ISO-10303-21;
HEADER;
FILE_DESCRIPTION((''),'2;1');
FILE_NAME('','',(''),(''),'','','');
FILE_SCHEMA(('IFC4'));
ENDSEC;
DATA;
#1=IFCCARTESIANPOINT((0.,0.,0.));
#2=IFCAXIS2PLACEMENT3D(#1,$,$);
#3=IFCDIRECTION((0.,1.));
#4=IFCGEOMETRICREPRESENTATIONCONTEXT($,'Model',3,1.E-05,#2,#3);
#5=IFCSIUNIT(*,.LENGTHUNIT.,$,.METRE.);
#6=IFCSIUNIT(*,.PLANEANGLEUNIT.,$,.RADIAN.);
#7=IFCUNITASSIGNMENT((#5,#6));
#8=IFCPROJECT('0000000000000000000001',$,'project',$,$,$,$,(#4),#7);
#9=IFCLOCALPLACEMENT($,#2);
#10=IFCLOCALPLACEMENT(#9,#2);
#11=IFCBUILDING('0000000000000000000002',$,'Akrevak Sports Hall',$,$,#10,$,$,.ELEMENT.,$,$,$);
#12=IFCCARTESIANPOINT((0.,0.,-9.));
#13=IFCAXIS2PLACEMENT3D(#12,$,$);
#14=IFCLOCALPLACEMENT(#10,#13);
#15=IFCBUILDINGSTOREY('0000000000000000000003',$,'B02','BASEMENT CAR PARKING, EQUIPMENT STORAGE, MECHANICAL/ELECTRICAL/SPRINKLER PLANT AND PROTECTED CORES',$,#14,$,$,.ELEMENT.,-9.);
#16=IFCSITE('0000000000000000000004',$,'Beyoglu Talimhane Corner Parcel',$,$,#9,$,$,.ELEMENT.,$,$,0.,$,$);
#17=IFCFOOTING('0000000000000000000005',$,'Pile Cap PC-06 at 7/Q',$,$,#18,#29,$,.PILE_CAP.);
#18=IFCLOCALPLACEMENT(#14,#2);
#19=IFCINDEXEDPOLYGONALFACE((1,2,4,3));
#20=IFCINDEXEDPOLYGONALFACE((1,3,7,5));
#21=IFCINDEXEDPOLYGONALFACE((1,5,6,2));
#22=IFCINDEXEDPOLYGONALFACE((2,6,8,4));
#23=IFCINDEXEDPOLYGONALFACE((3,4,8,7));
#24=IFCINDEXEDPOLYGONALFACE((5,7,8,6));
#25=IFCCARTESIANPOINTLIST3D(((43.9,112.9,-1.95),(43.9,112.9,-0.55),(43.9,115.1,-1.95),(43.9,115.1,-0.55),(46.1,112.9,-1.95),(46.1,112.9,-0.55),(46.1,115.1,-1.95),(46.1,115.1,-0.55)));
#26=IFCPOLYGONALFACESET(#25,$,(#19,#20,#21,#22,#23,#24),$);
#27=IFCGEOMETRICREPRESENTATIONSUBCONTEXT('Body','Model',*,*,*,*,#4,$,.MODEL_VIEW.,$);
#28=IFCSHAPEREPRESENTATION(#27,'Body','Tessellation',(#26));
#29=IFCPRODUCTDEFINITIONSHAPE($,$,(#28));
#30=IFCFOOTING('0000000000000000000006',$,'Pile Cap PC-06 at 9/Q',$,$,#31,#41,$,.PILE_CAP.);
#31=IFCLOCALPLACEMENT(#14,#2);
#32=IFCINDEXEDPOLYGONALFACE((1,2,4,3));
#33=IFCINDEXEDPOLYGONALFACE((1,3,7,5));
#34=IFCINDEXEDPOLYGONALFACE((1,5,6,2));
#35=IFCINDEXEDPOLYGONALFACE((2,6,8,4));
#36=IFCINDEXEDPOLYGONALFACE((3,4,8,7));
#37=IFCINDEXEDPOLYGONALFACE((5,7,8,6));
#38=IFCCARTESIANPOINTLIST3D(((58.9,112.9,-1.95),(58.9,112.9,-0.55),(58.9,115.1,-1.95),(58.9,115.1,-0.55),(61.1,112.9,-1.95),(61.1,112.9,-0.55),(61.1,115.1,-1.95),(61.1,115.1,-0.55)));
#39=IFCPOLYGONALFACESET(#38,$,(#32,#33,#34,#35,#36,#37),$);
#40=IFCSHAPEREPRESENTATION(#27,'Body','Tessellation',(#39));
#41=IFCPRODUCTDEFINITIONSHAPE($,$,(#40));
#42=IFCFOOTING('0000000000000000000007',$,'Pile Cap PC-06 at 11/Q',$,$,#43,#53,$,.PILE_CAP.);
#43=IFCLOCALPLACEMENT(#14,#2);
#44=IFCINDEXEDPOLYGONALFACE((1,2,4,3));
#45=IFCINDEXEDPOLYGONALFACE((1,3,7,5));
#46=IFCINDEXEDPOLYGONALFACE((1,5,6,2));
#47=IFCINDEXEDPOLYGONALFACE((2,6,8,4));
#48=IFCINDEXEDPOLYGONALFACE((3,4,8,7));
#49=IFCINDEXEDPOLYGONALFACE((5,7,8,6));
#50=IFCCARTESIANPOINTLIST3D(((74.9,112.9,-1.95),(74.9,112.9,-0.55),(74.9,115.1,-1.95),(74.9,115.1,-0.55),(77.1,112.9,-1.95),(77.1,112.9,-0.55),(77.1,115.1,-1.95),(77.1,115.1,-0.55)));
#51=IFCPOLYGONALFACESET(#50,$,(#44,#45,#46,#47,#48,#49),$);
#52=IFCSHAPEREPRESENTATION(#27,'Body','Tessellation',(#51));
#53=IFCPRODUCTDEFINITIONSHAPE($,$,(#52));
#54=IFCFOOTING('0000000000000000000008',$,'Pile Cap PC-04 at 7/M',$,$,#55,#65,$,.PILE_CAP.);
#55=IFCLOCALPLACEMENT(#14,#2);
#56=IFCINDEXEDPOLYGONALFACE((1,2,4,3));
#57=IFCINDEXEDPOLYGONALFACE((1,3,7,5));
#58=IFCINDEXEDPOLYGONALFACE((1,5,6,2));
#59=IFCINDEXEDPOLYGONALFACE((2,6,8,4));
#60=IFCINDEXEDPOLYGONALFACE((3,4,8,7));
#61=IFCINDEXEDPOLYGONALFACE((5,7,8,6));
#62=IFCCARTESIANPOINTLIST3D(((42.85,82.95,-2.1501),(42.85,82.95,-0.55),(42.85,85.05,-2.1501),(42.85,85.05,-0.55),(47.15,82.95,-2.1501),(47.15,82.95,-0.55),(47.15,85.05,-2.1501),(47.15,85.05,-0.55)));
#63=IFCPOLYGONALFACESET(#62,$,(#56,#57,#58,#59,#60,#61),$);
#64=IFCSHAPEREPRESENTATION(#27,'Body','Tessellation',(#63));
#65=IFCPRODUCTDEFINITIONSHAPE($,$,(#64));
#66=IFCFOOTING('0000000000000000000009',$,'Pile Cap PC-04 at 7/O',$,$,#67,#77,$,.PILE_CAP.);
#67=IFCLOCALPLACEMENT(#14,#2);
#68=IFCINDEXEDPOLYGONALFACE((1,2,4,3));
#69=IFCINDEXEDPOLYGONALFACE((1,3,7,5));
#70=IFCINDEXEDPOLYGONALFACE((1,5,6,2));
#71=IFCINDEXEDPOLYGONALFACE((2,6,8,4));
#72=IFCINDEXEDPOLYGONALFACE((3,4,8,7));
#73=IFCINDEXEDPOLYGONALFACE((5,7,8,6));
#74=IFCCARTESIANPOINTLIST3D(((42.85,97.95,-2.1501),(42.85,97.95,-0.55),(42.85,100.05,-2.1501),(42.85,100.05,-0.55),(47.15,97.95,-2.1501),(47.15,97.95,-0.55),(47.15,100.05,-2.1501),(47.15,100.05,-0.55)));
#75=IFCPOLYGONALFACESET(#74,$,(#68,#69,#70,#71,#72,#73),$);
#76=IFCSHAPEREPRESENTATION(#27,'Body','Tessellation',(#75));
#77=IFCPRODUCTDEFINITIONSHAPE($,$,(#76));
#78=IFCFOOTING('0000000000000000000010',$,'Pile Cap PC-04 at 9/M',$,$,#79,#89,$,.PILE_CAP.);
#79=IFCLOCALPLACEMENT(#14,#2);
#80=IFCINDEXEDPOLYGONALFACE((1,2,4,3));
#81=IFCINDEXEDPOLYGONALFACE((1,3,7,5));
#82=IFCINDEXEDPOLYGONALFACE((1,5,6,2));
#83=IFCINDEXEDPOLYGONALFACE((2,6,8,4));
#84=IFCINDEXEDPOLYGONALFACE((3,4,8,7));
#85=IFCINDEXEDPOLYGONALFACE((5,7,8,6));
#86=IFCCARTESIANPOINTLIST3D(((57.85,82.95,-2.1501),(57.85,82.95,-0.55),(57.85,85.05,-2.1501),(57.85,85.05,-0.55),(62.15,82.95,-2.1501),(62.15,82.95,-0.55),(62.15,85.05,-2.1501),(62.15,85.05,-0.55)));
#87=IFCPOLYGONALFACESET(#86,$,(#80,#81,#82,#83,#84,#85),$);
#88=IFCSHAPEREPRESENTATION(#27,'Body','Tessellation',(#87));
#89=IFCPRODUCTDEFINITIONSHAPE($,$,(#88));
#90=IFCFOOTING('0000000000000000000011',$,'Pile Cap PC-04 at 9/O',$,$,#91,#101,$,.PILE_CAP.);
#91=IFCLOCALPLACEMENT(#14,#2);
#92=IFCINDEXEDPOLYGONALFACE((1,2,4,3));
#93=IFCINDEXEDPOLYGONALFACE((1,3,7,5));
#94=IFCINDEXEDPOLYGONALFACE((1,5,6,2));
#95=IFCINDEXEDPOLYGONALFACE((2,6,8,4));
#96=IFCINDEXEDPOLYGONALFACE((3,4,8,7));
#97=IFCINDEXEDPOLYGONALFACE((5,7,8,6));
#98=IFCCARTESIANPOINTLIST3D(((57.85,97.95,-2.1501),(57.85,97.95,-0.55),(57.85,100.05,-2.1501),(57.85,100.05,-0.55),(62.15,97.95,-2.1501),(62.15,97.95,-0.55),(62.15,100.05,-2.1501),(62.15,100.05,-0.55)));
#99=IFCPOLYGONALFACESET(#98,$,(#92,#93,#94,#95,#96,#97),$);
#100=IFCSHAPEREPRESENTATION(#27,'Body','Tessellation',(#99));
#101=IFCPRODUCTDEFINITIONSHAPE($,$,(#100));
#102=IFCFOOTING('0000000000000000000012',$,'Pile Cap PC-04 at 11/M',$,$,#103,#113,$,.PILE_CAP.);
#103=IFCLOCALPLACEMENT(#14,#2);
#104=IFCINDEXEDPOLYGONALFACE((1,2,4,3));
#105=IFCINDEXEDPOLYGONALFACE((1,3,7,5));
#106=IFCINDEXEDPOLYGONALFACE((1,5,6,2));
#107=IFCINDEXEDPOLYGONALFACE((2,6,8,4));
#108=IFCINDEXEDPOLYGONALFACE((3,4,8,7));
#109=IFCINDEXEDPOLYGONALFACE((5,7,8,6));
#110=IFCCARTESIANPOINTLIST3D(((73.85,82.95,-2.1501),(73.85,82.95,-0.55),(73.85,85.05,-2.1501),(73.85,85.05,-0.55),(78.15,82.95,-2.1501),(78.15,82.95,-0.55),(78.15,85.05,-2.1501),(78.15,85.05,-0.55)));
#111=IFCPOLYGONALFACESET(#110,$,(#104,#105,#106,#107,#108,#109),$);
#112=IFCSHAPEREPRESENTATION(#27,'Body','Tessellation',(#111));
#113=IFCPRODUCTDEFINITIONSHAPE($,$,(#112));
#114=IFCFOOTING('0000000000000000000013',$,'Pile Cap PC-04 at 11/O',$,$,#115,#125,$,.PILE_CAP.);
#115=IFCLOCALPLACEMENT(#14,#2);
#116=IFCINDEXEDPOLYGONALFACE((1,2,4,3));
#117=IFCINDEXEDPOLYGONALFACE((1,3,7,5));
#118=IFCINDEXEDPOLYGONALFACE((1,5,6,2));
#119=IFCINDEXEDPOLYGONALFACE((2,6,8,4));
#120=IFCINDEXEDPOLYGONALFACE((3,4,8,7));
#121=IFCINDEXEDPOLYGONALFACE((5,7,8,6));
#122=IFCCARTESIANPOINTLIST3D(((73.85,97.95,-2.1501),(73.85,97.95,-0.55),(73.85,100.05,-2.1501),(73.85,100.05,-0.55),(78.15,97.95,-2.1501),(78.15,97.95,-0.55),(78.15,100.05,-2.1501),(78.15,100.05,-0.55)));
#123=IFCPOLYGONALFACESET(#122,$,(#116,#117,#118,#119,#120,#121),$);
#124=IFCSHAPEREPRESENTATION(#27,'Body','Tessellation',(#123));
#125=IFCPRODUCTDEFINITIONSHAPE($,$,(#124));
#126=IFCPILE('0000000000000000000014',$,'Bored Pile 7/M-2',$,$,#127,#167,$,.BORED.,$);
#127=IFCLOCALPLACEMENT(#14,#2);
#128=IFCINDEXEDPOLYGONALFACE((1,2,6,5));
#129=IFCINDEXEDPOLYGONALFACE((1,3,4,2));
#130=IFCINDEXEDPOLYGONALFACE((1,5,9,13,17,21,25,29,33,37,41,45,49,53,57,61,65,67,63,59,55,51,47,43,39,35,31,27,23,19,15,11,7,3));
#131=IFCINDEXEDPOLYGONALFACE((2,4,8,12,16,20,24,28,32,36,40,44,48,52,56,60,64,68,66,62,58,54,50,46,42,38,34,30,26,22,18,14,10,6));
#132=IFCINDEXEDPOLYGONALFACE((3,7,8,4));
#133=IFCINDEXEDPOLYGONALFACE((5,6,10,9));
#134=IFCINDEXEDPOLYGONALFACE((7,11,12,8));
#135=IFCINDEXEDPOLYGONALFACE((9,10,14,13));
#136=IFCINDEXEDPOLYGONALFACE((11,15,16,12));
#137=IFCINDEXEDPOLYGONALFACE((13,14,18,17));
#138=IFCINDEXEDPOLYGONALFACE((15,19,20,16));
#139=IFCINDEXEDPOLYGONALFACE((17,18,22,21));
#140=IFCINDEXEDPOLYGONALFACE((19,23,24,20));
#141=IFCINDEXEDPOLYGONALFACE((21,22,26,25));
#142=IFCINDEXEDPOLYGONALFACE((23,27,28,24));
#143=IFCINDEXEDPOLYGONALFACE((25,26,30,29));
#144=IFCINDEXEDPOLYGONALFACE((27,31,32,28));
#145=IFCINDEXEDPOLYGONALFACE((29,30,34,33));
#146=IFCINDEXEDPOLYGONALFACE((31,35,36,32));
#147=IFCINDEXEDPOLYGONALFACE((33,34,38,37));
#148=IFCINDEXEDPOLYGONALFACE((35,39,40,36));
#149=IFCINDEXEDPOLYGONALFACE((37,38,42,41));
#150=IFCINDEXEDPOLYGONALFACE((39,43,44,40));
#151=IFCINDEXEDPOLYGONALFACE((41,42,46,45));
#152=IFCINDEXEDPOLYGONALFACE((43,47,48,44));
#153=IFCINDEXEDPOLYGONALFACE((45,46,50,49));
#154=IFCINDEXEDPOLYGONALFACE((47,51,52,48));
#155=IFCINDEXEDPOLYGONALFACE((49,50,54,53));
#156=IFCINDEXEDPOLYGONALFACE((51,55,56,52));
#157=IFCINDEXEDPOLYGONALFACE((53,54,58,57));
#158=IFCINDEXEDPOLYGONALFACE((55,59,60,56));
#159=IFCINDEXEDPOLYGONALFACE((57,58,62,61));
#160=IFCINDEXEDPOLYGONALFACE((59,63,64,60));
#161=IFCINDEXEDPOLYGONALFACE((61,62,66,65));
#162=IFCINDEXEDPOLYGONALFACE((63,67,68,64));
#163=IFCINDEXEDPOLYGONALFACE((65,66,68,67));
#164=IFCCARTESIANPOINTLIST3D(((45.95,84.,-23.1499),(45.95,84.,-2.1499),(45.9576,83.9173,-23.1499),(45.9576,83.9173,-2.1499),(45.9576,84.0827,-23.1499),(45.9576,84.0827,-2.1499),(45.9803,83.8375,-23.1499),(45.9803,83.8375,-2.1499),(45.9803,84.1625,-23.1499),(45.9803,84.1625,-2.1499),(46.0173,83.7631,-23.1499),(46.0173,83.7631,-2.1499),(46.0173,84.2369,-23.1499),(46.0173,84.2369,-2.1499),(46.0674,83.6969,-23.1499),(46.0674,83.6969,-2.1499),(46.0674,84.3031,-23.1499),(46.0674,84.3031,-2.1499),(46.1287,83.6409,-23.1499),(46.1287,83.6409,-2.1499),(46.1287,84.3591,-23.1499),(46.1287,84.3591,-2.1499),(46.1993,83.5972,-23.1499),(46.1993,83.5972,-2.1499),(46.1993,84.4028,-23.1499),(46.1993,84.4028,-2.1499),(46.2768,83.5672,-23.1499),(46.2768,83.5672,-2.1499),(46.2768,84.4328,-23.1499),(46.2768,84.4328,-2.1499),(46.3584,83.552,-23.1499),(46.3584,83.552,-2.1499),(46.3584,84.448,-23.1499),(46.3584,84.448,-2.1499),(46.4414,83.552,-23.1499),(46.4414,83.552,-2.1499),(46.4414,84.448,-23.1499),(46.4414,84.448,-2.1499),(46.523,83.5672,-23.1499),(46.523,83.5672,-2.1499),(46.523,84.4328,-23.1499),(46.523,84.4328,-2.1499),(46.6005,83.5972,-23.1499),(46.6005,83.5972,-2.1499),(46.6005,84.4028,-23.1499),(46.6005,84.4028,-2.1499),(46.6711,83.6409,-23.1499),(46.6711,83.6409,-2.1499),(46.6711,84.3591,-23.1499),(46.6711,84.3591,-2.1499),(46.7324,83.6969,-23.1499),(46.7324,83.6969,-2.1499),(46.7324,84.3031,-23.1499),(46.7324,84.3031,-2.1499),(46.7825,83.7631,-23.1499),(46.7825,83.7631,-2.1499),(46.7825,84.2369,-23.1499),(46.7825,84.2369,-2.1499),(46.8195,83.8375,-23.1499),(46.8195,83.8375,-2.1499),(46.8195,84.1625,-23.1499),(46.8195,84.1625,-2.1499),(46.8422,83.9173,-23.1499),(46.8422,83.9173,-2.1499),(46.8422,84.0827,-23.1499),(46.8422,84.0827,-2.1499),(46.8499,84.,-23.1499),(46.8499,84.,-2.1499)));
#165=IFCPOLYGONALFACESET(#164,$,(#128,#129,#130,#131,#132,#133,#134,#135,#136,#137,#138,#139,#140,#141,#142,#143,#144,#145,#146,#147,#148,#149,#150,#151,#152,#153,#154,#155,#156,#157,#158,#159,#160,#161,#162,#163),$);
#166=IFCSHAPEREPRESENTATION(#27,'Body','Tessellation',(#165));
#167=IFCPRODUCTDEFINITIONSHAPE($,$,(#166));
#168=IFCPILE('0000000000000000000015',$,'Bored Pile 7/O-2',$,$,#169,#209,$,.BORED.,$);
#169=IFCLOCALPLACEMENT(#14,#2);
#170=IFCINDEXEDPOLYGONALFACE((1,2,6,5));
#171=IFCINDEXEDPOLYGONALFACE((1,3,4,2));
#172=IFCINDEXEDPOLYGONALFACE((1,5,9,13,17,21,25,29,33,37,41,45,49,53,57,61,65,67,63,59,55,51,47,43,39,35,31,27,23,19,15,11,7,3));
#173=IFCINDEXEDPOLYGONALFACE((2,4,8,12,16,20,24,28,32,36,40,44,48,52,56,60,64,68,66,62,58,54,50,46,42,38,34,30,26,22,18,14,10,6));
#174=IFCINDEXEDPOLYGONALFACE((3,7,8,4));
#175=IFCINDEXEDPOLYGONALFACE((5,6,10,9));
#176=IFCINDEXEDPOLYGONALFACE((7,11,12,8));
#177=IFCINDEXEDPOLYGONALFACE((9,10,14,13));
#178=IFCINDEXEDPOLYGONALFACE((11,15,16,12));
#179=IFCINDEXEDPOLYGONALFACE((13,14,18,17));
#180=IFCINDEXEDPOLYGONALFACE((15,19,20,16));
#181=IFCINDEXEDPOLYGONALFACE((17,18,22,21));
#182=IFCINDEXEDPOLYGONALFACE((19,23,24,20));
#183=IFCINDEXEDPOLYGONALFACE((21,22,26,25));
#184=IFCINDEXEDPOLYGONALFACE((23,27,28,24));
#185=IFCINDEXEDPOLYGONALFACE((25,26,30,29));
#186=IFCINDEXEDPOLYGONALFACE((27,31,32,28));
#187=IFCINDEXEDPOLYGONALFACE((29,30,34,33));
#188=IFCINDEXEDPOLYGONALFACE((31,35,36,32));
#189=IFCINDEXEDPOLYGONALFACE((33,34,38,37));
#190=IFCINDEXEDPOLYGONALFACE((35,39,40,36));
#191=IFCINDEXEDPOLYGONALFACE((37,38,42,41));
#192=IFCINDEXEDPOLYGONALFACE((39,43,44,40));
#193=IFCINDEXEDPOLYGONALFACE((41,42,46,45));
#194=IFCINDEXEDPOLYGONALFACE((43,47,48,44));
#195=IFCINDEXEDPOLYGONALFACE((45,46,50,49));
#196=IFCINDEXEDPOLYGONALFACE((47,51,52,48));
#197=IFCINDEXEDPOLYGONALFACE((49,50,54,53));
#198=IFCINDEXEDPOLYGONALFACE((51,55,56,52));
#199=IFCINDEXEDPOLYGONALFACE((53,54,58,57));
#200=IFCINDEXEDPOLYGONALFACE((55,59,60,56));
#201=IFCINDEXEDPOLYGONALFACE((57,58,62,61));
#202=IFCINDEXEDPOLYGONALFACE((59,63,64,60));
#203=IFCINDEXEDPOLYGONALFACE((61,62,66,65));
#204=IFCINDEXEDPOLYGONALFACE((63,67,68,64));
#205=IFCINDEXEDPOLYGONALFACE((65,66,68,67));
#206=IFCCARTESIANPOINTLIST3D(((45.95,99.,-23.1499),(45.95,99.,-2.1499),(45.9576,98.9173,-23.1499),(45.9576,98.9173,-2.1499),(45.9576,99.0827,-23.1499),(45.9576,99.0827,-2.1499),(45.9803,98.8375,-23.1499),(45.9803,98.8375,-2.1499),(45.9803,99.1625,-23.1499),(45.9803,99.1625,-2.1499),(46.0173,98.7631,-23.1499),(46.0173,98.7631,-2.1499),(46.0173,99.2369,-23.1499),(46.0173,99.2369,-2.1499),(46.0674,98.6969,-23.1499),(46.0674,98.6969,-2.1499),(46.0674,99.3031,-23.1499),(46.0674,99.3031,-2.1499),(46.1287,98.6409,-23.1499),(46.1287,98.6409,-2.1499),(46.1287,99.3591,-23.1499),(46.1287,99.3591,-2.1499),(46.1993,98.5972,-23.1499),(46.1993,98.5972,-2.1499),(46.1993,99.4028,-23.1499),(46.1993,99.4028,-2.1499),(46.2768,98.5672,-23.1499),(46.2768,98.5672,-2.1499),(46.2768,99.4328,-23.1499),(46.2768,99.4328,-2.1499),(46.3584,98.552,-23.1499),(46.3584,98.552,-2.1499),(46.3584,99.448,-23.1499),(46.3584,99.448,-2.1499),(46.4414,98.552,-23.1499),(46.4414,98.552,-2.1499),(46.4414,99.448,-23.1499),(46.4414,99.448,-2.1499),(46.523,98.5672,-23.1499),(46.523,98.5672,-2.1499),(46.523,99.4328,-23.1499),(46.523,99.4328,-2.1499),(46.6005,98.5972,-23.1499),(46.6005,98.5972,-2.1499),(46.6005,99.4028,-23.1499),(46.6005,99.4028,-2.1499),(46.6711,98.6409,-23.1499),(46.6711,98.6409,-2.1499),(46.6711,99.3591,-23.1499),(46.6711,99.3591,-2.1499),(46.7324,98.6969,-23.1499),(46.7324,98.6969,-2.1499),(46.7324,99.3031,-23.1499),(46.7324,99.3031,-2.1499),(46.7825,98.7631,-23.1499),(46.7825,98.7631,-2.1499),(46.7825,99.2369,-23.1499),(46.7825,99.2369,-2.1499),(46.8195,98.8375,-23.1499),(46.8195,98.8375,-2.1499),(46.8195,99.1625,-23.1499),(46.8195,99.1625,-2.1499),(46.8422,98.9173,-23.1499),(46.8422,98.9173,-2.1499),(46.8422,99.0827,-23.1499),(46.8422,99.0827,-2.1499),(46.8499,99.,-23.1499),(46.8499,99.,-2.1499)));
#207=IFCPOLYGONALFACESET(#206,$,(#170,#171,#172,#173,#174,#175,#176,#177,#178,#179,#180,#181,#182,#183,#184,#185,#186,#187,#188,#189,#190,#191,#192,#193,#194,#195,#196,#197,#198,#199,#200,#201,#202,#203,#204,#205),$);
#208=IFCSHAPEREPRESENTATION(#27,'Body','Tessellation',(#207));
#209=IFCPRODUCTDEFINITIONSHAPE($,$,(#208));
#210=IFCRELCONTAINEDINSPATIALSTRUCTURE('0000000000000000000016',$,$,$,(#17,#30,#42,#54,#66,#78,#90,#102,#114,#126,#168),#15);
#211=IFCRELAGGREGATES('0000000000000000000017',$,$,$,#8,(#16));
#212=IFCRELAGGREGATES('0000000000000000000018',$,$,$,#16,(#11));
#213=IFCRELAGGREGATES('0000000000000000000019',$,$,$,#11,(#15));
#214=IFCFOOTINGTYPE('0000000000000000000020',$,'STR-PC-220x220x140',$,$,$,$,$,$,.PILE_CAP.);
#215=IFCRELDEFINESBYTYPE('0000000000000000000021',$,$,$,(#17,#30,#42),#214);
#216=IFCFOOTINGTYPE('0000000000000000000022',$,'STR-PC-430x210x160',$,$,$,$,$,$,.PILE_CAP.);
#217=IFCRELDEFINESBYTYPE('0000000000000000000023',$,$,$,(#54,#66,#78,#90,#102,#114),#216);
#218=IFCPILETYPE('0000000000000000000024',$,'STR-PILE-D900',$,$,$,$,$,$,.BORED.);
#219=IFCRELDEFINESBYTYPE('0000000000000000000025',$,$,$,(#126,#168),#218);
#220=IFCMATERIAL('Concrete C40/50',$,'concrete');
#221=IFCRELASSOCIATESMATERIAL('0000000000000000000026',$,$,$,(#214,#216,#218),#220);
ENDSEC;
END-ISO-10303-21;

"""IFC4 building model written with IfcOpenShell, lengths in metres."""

from ifc_helpers import new_model, si_unit, direction, frame, origin, origin_2d, place, context, subcontext, project, spatial, rectangle, circle, extrude, material, material_profile, profile_set, type_object, element, save


model = new_model("IFC4")

# Units and contexts
model_context = context("Model", 3, precision=1e-05, world=origin(), true_north=direction((0.0, 1.0)))
body_context = subcontext(model_context, "Body", "Model", "MODEL_VIEW")
ifc_project = project(units=[si_unit("LENGTHUNIT", "METRE"), si_unit("PLANEANGLEUNIT", "RADIAN")], contexts=[model_context])

# Site, building, storey
site_placement = place(None, origin())
site = spatial("IfcSite", under=ifc_project, at=site_placement, Name="Beyoglu Talimhane Corner Parcel", CompositionType="ELEMENT", RefElevation=0.0)
building_placement = place(site_placement, origin())
building = spatial("IfcBuilding", under=site, at=building_placement, Name="Akrevak Sports Hall", CompositionType="ELEMENT")
storey_placement = place(building_placement, frame((0.0, 0.0, -9.0)))
storey = spatial("IfcBuildingStorey", under=building, at=storey_placement, Name="B02", Description="BASEMENT CAR PARKING, EQUIPMENT STORAGE, MECHANICAL/ELECTRICAL/SPRINKLER PLANT AND PROTECTED CORES", CompositionType="ELEMENT", Elevation=-9.0)

# Footings
ifc_material_1 = material(Name="Concrete C40/50", Category="concrete")
footing_type_1 = type_object("IfcFootingType", Name="STR-PC-220x220x140", PredefinedType="PILE_CAP", material=ifc_material_1)
for number, where, z_axis, x_axis, name in (
    (1, (45.0, 114.0, -1.95), (0.0, 0.0, 1.0), (1.0, 0.0, 0.0), "Pile Cap PC-06 at 7/Q"),
    (2, (60.0, 114.0, -1.95), (0.0, 0.0, 1.0), (1.0, 0.0, 0.0), "Pile Cap PC-06 at 9/Q"),
    (3, (76.0, 114.0, -1.95), (0.0, 0.0, 1.0), (1.0, 0.0, 0.0), "Pile Cap PC-06 at 11/Q"),
):
    element("IfcFooting", number, at=place(storey_placement, frame(where, z_axis=z_axis, x_axis=x_axis)), inside=storey, type_object=footing_type_1, Name=name, PredefinedType="PILE_CAP", context=body_context, shape_type="SweptSolid", body=[
        extrude(rectangle(XDim=2.2, YDim=2.2, at=origin_2d()), origin(), (0.0, 0.0, 1.0), 1.3999),
    ])
footing_type_2 = type_object("IfcFootingType", Name="STR-PC-430x210x160", PredefinedType="PILE_CAP", material=ifc_material_1)
for number, where, z_axis, x_axis, name in (
    (4, (45.0, 84.0, -2.1501), (0.0, 0.0, 1.0), (1.0, 0.0, 0.0), "Pile Cap PC-04 at 7/M"),
    (5, (45.0, 99.0, -2.1501), (0.0, 0.0, 1.0), (1.0, 0.0, 0.0), "Pile Cap PC-04 at 7/O"),
    (6, (60.0, 84.0, -2.1501), (0.0, 0.0, 1.0), (1.0, 0.0, 0.0), "Pile Cap PC-04 at 9/M"),
    (7, (60.0, 99.0, -2.1501), (0.0, 0.0, 1.0), (1.0, 0.0, 0.0), "Pile Cap PC-04 at 9/O"),
    (8, (76.0, 84.0, -2.1501), (0.0, 0.0, 1.0), (1.0, 0.0, 0.0), "Pile Cap PC-04 at 11/M"),
    (9, (76.0, 99.0, -2.1501), (0.0, 0.0, 1.0), (1.0, 0.0, 0.0), "Pile Cap PC-04 at 11/O"),
):
    element("IfcFooting", number, at=place(storey_placement, frame(where, z_axis=z_axis, x_axis=x_axis)), inside=storey, type_object=footing_type_2, Name=name, PredefinedType="PILE_CAP", context=body_context, shape_type="SweptSolid", body=[
        extrude(rectangle(XDim=4.3, YDim=2.1001, at=origin_2d()), origin(), (0.0, 0.0, 1.0), 1.6001),
    ])

# Piles
ifc_material_profile_1 = material_profile(ifc_material_1, circle(Radius=0.45, at=origin_2d()), Name="BORED PILE D900", Category="concrete")
ifc_profile_set_1 = profile_set([ifc_material_profile_1], Name="Concrete C40/50")
pile_type = type_object("IfcPileType", Name="STR-PILE-D900", PredefinedType="BORED", material=ifc_profile_set_1)
for number, where, z_axis, x_axis, name in (
    (10, (46.3999, 84.0, -2.1499), (0.0, 0.0, -1.0), (1.0, 0.0, 0.0), "Bored Pile 7/M-2"),
    (11, (46.3999, 99.0, -2.1499), (0.0, 0.0, -1.0), (1.0, 0.0, 0.0), "Bored Pile 7/O-2"),
):
    element("IfcPile", number, at=place(storey_placement, frame(where, z_axis=z_axis, x_axis=x_axis)), inside=storey, type_object=pile_type, Name=name, PredefinedType="BORED", context=body_context, shape_type="SweptSolid", body=[
        extrude(circle(Radius=0.45, at=origin_2d()), origin(), (0.0, 0.0, 1.0), 21.0),
    ])

save(model, "model.ifc")
